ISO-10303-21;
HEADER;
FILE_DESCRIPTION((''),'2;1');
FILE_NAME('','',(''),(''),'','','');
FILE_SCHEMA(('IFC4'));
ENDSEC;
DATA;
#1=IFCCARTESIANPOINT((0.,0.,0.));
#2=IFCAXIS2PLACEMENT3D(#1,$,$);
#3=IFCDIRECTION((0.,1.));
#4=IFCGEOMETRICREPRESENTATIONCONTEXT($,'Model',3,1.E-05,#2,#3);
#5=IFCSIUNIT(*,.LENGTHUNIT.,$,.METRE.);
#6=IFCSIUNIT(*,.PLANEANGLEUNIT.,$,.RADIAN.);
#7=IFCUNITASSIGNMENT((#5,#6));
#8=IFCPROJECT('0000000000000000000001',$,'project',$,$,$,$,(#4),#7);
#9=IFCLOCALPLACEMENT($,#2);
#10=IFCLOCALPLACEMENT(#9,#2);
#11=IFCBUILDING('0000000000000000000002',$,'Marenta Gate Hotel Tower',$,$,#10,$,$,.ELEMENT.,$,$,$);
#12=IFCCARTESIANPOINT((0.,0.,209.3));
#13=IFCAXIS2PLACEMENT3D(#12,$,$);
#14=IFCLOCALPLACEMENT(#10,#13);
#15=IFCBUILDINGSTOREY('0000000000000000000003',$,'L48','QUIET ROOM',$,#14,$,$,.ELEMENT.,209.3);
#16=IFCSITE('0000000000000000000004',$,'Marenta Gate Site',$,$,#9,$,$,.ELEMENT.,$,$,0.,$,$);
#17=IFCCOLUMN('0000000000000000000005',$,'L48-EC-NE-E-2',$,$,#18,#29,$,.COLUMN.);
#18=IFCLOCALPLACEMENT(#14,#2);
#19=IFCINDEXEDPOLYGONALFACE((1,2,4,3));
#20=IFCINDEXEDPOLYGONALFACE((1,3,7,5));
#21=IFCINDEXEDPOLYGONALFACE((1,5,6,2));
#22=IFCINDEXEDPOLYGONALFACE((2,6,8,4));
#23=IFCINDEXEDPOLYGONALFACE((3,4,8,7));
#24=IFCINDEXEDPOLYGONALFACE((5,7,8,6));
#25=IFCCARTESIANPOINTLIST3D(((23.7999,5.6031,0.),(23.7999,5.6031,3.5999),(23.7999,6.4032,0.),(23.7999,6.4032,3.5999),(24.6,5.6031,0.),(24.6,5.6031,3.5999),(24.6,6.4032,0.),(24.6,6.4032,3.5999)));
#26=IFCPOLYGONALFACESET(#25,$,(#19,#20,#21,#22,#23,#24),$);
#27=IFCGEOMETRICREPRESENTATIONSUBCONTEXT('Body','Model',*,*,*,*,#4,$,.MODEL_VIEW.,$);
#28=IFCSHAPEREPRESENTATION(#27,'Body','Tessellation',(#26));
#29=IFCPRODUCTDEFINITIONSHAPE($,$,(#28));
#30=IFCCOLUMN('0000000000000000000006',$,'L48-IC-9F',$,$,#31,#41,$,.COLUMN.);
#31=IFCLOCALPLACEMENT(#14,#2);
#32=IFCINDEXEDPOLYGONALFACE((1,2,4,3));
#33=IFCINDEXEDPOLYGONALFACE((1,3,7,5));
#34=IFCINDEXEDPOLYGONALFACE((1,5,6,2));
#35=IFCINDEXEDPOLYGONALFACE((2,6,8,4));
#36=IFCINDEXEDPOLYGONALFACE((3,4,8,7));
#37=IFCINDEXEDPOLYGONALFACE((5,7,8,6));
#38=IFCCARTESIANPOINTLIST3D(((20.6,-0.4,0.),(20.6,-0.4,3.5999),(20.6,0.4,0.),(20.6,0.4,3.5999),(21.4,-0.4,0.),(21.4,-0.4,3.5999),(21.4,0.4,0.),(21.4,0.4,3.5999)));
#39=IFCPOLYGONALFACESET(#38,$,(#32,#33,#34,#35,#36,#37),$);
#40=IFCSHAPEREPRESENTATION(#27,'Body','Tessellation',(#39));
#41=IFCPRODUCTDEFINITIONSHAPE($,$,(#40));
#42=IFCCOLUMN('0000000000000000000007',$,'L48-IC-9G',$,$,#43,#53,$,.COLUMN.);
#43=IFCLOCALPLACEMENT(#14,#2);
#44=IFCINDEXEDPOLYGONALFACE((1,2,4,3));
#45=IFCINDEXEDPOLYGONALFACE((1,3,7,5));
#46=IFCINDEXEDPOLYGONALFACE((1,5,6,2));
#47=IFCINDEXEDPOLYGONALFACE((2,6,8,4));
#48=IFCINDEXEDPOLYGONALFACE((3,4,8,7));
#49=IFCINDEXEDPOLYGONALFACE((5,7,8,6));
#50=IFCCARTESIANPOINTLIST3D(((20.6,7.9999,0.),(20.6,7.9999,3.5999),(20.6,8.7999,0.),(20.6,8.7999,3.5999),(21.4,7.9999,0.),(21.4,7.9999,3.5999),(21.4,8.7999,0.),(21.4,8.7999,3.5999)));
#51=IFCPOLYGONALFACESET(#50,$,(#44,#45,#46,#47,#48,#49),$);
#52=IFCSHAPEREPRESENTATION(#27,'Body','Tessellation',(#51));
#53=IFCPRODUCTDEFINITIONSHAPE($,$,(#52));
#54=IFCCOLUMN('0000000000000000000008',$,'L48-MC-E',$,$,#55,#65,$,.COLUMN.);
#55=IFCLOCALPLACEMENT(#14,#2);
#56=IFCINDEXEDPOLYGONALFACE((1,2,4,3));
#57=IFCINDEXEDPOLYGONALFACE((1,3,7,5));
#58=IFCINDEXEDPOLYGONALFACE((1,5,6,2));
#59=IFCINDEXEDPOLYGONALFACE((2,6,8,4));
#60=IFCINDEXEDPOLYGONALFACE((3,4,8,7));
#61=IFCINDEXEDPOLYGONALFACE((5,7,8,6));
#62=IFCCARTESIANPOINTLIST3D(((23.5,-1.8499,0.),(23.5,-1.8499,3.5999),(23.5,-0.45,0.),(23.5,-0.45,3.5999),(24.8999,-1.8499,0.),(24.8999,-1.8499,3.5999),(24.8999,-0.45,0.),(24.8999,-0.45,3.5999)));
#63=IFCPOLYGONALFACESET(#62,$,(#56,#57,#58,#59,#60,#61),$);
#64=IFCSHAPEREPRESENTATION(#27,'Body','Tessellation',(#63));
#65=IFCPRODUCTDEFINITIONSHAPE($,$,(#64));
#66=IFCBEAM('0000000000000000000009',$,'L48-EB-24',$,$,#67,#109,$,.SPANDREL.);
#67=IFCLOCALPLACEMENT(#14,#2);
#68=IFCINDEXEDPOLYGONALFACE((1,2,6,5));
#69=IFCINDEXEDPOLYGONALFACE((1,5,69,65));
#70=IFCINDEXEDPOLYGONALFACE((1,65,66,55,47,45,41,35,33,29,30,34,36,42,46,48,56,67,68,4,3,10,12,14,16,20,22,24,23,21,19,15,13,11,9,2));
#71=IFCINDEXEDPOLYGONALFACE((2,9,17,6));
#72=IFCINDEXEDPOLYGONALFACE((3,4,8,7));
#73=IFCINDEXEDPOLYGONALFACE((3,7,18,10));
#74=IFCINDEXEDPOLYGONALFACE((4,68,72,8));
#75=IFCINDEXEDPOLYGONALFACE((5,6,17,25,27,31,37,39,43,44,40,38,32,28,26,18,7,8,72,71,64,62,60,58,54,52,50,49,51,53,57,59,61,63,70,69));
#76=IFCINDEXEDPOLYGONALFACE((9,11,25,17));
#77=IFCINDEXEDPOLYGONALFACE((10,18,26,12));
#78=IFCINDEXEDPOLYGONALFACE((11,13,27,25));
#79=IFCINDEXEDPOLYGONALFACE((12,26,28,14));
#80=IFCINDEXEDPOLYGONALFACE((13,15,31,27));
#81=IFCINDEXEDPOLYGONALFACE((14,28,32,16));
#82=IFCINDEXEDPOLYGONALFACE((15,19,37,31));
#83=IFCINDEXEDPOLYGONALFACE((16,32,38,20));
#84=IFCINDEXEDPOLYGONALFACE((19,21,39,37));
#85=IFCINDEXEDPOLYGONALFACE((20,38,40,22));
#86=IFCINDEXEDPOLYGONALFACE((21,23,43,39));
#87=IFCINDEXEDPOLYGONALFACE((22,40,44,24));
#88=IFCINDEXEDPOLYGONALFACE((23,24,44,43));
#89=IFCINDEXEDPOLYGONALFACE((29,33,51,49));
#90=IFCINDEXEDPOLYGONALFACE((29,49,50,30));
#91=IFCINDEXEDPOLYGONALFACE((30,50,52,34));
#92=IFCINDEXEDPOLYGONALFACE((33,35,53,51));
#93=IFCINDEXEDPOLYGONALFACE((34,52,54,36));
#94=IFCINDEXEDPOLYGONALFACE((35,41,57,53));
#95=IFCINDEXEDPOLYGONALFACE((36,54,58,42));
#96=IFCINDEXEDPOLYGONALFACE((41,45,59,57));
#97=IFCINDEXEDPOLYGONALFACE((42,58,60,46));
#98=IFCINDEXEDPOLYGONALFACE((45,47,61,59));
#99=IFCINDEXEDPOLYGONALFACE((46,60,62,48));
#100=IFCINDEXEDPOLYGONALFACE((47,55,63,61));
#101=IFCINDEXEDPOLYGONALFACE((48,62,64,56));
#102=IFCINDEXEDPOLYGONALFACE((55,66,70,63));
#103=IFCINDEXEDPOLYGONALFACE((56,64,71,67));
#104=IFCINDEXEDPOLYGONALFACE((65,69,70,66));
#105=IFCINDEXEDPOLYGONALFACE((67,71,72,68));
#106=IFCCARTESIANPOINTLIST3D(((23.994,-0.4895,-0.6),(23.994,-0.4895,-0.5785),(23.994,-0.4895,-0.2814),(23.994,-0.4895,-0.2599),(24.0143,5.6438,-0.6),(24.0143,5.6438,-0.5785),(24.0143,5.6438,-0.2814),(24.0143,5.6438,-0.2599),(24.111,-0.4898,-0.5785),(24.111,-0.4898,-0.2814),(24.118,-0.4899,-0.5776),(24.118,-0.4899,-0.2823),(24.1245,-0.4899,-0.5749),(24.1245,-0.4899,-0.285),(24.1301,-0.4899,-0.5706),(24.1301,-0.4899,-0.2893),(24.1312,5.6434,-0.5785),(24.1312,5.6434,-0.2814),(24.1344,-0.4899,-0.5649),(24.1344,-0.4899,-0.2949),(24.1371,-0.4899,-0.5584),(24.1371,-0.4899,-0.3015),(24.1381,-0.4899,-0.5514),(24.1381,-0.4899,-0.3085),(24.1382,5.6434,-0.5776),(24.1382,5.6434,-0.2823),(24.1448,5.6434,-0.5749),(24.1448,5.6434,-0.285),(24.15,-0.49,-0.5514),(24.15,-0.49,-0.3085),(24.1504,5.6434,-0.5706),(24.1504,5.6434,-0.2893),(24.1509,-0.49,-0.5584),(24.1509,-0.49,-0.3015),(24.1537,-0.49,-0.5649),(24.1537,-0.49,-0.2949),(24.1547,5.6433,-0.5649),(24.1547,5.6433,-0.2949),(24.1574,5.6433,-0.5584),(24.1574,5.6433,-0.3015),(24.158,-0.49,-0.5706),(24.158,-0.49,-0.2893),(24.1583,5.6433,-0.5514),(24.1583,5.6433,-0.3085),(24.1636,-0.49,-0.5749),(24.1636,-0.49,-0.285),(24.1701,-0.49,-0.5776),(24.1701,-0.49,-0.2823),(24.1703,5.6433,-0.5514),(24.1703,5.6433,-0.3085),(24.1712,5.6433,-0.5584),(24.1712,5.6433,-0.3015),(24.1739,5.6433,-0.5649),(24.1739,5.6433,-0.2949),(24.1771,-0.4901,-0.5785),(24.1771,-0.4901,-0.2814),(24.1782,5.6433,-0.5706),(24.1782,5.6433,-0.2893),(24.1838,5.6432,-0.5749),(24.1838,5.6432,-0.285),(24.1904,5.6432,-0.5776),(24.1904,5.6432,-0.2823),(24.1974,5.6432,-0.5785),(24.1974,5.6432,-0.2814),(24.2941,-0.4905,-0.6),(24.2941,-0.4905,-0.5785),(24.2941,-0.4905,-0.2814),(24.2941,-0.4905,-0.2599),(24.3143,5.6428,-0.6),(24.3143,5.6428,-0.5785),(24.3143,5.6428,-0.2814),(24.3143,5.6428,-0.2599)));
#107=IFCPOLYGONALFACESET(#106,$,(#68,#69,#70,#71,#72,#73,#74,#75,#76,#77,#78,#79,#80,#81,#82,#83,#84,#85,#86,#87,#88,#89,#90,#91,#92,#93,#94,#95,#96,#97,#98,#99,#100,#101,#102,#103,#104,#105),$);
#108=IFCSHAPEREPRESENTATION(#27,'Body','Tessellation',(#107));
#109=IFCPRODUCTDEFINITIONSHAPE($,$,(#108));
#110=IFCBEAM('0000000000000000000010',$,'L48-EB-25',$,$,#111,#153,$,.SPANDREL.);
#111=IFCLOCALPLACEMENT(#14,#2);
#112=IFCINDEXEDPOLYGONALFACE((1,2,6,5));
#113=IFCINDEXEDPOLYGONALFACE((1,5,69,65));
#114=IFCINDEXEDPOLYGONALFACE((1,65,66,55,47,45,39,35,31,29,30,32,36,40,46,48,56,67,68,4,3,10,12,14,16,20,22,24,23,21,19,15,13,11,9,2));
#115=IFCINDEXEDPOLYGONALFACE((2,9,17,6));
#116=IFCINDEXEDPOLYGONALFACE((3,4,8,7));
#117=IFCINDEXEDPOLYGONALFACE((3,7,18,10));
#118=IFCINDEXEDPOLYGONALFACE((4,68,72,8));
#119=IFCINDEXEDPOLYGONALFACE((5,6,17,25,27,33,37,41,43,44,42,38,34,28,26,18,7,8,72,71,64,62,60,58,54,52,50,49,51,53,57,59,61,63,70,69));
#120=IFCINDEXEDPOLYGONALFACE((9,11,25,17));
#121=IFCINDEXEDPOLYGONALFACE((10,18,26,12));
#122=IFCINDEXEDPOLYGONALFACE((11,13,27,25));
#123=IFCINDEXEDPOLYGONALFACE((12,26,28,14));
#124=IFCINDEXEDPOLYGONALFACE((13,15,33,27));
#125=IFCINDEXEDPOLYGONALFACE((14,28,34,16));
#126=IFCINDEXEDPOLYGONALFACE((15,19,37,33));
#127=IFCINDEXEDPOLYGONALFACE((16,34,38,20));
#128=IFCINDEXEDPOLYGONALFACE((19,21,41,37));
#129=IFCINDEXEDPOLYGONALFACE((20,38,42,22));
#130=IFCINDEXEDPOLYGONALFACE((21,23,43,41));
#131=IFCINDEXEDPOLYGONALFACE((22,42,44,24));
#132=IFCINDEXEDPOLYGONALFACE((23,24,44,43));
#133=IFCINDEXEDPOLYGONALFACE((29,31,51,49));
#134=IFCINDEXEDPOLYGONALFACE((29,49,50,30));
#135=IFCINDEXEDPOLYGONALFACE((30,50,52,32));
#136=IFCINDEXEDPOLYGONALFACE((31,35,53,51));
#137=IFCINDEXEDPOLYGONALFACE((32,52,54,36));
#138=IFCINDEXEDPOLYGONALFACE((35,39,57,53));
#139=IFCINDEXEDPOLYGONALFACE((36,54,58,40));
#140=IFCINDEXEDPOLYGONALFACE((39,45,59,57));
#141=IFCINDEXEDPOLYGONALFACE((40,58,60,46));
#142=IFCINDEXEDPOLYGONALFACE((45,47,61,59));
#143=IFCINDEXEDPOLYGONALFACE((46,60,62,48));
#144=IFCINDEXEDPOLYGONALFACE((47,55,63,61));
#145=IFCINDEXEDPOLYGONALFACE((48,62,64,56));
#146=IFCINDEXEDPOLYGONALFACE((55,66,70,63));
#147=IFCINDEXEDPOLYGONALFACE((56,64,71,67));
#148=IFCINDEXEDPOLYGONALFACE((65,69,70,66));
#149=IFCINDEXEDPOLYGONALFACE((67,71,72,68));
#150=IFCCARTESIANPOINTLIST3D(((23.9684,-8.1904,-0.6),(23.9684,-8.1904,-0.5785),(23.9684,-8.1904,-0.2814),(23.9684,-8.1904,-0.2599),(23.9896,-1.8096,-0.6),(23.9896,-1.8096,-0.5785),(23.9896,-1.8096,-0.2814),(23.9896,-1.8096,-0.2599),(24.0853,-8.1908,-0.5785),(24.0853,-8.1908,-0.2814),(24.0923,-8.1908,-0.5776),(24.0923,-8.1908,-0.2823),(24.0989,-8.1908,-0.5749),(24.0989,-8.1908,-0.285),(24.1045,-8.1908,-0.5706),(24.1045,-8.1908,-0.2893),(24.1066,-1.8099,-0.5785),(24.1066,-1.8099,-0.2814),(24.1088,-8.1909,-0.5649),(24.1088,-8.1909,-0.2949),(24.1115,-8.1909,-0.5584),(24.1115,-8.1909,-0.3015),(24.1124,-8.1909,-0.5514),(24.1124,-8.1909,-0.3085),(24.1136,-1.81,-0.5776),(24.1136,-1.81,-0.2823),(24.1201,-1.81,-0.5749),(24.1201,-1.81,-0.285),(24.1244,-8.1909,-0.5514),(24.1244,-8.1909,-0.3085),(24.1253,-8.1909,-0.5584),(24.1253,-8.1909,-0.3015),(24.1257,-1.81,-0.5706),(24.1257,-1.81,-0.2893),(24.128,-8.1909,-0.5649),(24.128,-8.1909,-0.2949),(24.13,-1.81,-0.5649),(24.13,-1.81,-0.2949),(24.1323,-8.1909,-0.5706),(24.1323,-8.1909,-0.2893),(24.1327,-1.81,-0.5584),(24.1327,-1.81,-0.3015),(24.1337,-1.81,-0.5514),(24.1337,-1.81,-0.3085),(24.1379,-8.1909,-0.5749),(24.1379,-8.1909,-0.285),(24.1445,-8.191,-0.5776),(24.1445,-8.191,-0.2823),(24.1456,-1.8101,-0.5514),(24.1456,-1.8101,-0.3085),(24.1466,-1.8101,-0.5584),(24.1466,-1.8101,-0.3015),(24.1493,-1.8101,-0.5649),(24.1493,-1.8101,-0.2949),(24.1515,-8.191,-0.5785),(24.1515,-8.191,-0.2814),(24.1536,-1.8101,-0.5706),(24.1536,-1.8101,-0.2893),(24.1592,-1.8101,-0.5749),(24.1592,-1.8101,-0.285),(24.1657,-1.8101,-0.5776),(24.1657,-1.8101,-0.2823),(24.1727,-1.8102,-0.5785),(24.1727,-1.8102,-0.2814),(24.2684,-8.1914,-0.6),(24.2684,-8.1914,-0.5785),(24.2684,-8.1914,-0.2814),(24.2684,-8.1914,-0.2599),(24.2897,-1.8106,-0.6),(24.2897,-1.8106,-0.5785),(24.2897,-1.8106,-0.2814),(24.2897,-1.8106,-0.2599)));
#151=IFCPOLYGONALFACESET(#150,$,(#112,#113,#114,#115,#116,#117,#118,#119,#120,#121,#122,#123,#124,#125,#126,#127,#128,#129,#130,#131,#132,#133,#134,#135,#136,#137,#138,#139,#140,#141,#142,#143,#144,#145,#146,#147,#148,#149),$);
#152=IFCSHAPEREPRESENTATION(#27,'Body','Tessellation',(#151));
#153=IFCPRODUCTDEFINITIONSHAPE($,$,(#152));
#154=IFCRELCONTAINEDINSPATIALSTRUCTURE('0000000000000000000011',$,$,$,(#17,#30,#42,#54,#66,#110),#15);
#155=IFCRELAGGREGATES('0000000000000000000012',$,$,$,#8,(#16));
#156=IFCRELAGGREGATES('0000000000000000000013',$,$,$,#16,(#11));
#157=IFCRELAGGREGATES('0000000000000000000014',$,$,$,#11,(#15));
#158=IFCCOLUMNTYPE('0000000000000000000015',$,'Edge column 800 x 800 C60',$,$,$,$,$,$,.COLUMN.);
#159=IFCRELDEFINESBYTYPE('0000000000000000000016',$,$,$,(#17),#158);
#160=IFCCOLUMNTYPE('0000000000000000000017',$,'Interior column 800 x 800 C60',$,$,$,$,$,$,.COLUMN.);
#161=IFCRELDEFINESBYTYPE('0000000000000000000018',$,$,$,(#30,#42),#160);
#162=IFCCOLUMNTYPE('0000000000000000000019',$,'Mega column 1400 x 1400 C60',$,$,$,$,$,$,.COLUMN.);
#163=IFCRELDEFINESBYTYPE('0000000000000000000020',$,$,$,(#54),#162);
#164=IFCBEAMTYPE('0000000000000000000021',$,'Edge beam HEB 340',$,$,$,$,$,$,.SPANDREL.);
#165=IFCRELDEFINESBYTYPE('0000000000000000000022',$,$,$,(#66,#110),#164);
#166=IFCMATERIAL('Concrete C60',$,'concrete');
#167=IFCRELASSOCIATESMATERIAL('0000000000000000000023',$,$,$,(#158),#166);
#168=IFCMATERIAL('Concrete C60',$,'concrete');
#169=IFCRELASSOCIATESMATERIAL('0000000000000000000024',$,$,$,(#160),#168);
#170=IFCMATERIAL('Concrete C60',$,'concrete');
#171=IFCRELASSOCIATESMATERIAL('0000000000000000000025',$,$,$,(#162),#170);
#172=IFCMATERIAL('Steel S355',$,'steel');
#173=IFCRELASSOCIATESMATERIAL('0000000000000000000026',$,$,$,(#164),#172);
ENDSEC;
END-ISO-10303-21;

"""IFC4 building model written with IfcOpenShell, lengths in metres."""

from ifc_helpers import new_model, si_unit, direction, frame, origin, origin_2d, place, context, subcontext, project, spatial, rectangle, i_section, extrude, material, material_profile, profile_set, type_object, element, save


model = new_model("IFC4")

# Units and contexts
model_context = context("Model", 3, precision=1e-05, world=origin(), true_north=direction((0.0, 1.0)))
body_context = subcontext(model_context, "Body", "Model", "MODEL_VIEW")
ifc_project = project(units=[si_unit("LENGTHUNIT", "METRE"), si_unit("PLANEANGLEUNIT", "RADIAN")], contexts=[model_context])

# Site, building, storey
site_placement = place(None, origin())
site = spatial("IfcSite", under=ifc_project, at=site_placement, Name="Marenta Gate Site", CompositionType="ELEMENT", RefElevation=0.0)
building_placement = place(site_placement, origin())
building = spatial("IfcBuilding", under=site, at=building_placement, Name="Marenta Gate Hotel Tower", CompositionType="ELEMENT")
storey_placement = place(building_placement, frame((0.0, 0.0, 209.3)))
storey = spatial("IfcBuildingStorey", under=building, at=storey_placement, Name="L48", Description="QUIET ROOM", CompositionType="ELEMENT", Elevation=209.3)

# Columns
ifc_material_1 = material(Name="Concrete C60", Category="concrete")
ifc_material_profile_1 = material_profile(ifc_material_1, rectangle(XDim=0.8, YDim=0.8, at=origin_2d()), Name="800 x 800")
ifc_profile_set_1 = profile_set([ifc_material_profile_1], Name="Concrete C60")
column_type_1 = type_object("IfcColumnType", Name="Edge column 800 x 800 C60", PredefinedType="COLUMN", material=ifc_profile_set_1)
column_1_placement = place(storey_placement, frame((24.2, 6.0032, 0.0), z_axis=(0.0, 0.0, 1.0), x_axis=(1.0, 0.0, 0.0)))
element("IfcColumn", 1, at=column_1_placement, inside=storey, type_object=column_type_1, Name="L48-EC-NE-E-2", PredefinedType="COLUMN", context=body_context, shape_type="SweptSolid", body=[
    extrude(rectangle(XDim=0.8, YDim=0.8, at=origin_2d()), origin(), (0.0, 0.0, 1.0), 3.5999),
])
ifc_material_2 = material(Name="Concrete C60", Category="concrete")
ifc_material_profile_2 = material_profile(ifc_material_2, rectangle(XDim=0.8, YDim=0.8, at=origin_2d()), Name="800 x 800")
ifc_profile_set_2 = profile_set([ifc_material_profile_2], Name="Concrete C60")
column_type_2 = type_object("IfcColumnType", Name="Interior column 800 x 800 C60", PredefinedType="COLUMN", material=ifc_profile_set_2)
for number, where, z_axis, x_axis, name in (
    (2, (21.0, 0.0, 0.0), (0.0, 0.0, 1.0), (1.0, 0.0, 0.0), "L48-IC-9F"),
    (3, (21.0, 8.3999, 0.0), (0.0, 0.0, 1.0), (1.0, 0.0, 0.0), "L48-IC-9G"),
):
    element("IfcColumn", number, at=place(storey_placement, frame(where, z_axis=z_axis, x_axis=x_axis)), inside=storey, type_object=column_type_2, Name=name, PredefinedType="COLUMN", context=body_context, shape_type="SweptSolid", body=[
        extrude(rectangle(XDim=0.8, YDim=0.8, at=origin_2d()), origin(), (0.0, 0.0, 1.0), 3.5999),
    ])
ifc_material_3 = material(Name="Concrete C60", Category="concrete")
ifc_material_profile_3 = material_profile(ifc_material_3, rectangle(XDim=1.3999, YDim=1.3999, at=origin_2d()), Name="1400 x 1400")
ifc_profile_set_3 = profile_set([ifc_material_profile_3], Name="Concrete C60")
column_type_3 = type_object("IfcColumnType", Name="Mega column 1400 x 1400 C60", PredefinedType="COLUMN", material=ifc_profile_set_3)
column_2_placement = place(storey_placement, frame((24.2, -1.1499, 0.0), z_axis=(0.0, 0.0, 1.0), x_axis=(1.0, 0.0, 0.0)))
element("IfcColumn", 4, at=column_2_placement, inside=storey, type_object=column_type_3, Name="L48-MC-E", PredefinedType="COLUMN", context=body_context, shape_type="SweptSolid", body=[
    extrude(rectangle(XDim=1.3999, YDim=1.3999, at=origin_2d()), origin(), (0.0, 0.0, 1.0), 3.5999),
])

# Beams
ifc_material_4 = material(Name="Steel S355", Category="steel")
ifc_material_profile_4 = material_profile(ifc_material_4, i_section(OverallWidth=0.3, OverallDepth=0.3401, WebThickness=0.012, FlangeThickness=0.0215, FilletRadius=0.0271, at=origin_2d()), Name="HEB 340")
ifc_profile_set_4 = profile_set([ifc_material_profile_4], Name="Steel S355")
beam_type_1 = type_object("IfcBeamType", Name="Edge beam HEB 340", PredefinedType="SPANDREL", material=ifc_profile_set_4)
beam_1_placement = place(storey_placement, frame((24.1643, 5.6433, -0.4299), z_axis=(-0.003304, -0.999995, 0.0), x_axis=(0.999995, -0.003304, 0.0)))
element("IfcBeam", 5, at=beam_1_placement, inside=storey, type_object=beam_type_1, Name="L48-EB-24", PredefinedType="SPANDREL", context=body_context, shape_type="SweptSolid", body=[
    extrude(i_section(OverallWidth=0.3, OverallDepth=0.3401, WebThickness=0.012, FlangeThickness=0.0215, FilletRadius=0.0271, at=origin_2d()), origin(), (0.0, 0.0, 1.0), 6.1333),
])
beam_2_placement = place(storey_placement, frame((24.1396, -1.8101, -0.4299), z_axis=(-0.003329, -0.999994, 0.0), x_axis=(0.999994, -0.003329, 0.0)))
element("IfcBeam", 6, at=beam_2_placement, inside=storey, type_object=beam_type_1, Name="L48-EB-25", PredefinedType="SPANDREL", context=body_context, shape_type="SweptSolid", body=[
    extrude(i_section(OverallWidth=0.3, OverallDepth=0.3401, WebThickness=0.012, FlangeThickness=0.0215, FilletRadius=0.0271, at=origin_2d()), origin(), (0.0, 0.0, 1.0), 6.3809),
])

save(model, "model.ifc")
